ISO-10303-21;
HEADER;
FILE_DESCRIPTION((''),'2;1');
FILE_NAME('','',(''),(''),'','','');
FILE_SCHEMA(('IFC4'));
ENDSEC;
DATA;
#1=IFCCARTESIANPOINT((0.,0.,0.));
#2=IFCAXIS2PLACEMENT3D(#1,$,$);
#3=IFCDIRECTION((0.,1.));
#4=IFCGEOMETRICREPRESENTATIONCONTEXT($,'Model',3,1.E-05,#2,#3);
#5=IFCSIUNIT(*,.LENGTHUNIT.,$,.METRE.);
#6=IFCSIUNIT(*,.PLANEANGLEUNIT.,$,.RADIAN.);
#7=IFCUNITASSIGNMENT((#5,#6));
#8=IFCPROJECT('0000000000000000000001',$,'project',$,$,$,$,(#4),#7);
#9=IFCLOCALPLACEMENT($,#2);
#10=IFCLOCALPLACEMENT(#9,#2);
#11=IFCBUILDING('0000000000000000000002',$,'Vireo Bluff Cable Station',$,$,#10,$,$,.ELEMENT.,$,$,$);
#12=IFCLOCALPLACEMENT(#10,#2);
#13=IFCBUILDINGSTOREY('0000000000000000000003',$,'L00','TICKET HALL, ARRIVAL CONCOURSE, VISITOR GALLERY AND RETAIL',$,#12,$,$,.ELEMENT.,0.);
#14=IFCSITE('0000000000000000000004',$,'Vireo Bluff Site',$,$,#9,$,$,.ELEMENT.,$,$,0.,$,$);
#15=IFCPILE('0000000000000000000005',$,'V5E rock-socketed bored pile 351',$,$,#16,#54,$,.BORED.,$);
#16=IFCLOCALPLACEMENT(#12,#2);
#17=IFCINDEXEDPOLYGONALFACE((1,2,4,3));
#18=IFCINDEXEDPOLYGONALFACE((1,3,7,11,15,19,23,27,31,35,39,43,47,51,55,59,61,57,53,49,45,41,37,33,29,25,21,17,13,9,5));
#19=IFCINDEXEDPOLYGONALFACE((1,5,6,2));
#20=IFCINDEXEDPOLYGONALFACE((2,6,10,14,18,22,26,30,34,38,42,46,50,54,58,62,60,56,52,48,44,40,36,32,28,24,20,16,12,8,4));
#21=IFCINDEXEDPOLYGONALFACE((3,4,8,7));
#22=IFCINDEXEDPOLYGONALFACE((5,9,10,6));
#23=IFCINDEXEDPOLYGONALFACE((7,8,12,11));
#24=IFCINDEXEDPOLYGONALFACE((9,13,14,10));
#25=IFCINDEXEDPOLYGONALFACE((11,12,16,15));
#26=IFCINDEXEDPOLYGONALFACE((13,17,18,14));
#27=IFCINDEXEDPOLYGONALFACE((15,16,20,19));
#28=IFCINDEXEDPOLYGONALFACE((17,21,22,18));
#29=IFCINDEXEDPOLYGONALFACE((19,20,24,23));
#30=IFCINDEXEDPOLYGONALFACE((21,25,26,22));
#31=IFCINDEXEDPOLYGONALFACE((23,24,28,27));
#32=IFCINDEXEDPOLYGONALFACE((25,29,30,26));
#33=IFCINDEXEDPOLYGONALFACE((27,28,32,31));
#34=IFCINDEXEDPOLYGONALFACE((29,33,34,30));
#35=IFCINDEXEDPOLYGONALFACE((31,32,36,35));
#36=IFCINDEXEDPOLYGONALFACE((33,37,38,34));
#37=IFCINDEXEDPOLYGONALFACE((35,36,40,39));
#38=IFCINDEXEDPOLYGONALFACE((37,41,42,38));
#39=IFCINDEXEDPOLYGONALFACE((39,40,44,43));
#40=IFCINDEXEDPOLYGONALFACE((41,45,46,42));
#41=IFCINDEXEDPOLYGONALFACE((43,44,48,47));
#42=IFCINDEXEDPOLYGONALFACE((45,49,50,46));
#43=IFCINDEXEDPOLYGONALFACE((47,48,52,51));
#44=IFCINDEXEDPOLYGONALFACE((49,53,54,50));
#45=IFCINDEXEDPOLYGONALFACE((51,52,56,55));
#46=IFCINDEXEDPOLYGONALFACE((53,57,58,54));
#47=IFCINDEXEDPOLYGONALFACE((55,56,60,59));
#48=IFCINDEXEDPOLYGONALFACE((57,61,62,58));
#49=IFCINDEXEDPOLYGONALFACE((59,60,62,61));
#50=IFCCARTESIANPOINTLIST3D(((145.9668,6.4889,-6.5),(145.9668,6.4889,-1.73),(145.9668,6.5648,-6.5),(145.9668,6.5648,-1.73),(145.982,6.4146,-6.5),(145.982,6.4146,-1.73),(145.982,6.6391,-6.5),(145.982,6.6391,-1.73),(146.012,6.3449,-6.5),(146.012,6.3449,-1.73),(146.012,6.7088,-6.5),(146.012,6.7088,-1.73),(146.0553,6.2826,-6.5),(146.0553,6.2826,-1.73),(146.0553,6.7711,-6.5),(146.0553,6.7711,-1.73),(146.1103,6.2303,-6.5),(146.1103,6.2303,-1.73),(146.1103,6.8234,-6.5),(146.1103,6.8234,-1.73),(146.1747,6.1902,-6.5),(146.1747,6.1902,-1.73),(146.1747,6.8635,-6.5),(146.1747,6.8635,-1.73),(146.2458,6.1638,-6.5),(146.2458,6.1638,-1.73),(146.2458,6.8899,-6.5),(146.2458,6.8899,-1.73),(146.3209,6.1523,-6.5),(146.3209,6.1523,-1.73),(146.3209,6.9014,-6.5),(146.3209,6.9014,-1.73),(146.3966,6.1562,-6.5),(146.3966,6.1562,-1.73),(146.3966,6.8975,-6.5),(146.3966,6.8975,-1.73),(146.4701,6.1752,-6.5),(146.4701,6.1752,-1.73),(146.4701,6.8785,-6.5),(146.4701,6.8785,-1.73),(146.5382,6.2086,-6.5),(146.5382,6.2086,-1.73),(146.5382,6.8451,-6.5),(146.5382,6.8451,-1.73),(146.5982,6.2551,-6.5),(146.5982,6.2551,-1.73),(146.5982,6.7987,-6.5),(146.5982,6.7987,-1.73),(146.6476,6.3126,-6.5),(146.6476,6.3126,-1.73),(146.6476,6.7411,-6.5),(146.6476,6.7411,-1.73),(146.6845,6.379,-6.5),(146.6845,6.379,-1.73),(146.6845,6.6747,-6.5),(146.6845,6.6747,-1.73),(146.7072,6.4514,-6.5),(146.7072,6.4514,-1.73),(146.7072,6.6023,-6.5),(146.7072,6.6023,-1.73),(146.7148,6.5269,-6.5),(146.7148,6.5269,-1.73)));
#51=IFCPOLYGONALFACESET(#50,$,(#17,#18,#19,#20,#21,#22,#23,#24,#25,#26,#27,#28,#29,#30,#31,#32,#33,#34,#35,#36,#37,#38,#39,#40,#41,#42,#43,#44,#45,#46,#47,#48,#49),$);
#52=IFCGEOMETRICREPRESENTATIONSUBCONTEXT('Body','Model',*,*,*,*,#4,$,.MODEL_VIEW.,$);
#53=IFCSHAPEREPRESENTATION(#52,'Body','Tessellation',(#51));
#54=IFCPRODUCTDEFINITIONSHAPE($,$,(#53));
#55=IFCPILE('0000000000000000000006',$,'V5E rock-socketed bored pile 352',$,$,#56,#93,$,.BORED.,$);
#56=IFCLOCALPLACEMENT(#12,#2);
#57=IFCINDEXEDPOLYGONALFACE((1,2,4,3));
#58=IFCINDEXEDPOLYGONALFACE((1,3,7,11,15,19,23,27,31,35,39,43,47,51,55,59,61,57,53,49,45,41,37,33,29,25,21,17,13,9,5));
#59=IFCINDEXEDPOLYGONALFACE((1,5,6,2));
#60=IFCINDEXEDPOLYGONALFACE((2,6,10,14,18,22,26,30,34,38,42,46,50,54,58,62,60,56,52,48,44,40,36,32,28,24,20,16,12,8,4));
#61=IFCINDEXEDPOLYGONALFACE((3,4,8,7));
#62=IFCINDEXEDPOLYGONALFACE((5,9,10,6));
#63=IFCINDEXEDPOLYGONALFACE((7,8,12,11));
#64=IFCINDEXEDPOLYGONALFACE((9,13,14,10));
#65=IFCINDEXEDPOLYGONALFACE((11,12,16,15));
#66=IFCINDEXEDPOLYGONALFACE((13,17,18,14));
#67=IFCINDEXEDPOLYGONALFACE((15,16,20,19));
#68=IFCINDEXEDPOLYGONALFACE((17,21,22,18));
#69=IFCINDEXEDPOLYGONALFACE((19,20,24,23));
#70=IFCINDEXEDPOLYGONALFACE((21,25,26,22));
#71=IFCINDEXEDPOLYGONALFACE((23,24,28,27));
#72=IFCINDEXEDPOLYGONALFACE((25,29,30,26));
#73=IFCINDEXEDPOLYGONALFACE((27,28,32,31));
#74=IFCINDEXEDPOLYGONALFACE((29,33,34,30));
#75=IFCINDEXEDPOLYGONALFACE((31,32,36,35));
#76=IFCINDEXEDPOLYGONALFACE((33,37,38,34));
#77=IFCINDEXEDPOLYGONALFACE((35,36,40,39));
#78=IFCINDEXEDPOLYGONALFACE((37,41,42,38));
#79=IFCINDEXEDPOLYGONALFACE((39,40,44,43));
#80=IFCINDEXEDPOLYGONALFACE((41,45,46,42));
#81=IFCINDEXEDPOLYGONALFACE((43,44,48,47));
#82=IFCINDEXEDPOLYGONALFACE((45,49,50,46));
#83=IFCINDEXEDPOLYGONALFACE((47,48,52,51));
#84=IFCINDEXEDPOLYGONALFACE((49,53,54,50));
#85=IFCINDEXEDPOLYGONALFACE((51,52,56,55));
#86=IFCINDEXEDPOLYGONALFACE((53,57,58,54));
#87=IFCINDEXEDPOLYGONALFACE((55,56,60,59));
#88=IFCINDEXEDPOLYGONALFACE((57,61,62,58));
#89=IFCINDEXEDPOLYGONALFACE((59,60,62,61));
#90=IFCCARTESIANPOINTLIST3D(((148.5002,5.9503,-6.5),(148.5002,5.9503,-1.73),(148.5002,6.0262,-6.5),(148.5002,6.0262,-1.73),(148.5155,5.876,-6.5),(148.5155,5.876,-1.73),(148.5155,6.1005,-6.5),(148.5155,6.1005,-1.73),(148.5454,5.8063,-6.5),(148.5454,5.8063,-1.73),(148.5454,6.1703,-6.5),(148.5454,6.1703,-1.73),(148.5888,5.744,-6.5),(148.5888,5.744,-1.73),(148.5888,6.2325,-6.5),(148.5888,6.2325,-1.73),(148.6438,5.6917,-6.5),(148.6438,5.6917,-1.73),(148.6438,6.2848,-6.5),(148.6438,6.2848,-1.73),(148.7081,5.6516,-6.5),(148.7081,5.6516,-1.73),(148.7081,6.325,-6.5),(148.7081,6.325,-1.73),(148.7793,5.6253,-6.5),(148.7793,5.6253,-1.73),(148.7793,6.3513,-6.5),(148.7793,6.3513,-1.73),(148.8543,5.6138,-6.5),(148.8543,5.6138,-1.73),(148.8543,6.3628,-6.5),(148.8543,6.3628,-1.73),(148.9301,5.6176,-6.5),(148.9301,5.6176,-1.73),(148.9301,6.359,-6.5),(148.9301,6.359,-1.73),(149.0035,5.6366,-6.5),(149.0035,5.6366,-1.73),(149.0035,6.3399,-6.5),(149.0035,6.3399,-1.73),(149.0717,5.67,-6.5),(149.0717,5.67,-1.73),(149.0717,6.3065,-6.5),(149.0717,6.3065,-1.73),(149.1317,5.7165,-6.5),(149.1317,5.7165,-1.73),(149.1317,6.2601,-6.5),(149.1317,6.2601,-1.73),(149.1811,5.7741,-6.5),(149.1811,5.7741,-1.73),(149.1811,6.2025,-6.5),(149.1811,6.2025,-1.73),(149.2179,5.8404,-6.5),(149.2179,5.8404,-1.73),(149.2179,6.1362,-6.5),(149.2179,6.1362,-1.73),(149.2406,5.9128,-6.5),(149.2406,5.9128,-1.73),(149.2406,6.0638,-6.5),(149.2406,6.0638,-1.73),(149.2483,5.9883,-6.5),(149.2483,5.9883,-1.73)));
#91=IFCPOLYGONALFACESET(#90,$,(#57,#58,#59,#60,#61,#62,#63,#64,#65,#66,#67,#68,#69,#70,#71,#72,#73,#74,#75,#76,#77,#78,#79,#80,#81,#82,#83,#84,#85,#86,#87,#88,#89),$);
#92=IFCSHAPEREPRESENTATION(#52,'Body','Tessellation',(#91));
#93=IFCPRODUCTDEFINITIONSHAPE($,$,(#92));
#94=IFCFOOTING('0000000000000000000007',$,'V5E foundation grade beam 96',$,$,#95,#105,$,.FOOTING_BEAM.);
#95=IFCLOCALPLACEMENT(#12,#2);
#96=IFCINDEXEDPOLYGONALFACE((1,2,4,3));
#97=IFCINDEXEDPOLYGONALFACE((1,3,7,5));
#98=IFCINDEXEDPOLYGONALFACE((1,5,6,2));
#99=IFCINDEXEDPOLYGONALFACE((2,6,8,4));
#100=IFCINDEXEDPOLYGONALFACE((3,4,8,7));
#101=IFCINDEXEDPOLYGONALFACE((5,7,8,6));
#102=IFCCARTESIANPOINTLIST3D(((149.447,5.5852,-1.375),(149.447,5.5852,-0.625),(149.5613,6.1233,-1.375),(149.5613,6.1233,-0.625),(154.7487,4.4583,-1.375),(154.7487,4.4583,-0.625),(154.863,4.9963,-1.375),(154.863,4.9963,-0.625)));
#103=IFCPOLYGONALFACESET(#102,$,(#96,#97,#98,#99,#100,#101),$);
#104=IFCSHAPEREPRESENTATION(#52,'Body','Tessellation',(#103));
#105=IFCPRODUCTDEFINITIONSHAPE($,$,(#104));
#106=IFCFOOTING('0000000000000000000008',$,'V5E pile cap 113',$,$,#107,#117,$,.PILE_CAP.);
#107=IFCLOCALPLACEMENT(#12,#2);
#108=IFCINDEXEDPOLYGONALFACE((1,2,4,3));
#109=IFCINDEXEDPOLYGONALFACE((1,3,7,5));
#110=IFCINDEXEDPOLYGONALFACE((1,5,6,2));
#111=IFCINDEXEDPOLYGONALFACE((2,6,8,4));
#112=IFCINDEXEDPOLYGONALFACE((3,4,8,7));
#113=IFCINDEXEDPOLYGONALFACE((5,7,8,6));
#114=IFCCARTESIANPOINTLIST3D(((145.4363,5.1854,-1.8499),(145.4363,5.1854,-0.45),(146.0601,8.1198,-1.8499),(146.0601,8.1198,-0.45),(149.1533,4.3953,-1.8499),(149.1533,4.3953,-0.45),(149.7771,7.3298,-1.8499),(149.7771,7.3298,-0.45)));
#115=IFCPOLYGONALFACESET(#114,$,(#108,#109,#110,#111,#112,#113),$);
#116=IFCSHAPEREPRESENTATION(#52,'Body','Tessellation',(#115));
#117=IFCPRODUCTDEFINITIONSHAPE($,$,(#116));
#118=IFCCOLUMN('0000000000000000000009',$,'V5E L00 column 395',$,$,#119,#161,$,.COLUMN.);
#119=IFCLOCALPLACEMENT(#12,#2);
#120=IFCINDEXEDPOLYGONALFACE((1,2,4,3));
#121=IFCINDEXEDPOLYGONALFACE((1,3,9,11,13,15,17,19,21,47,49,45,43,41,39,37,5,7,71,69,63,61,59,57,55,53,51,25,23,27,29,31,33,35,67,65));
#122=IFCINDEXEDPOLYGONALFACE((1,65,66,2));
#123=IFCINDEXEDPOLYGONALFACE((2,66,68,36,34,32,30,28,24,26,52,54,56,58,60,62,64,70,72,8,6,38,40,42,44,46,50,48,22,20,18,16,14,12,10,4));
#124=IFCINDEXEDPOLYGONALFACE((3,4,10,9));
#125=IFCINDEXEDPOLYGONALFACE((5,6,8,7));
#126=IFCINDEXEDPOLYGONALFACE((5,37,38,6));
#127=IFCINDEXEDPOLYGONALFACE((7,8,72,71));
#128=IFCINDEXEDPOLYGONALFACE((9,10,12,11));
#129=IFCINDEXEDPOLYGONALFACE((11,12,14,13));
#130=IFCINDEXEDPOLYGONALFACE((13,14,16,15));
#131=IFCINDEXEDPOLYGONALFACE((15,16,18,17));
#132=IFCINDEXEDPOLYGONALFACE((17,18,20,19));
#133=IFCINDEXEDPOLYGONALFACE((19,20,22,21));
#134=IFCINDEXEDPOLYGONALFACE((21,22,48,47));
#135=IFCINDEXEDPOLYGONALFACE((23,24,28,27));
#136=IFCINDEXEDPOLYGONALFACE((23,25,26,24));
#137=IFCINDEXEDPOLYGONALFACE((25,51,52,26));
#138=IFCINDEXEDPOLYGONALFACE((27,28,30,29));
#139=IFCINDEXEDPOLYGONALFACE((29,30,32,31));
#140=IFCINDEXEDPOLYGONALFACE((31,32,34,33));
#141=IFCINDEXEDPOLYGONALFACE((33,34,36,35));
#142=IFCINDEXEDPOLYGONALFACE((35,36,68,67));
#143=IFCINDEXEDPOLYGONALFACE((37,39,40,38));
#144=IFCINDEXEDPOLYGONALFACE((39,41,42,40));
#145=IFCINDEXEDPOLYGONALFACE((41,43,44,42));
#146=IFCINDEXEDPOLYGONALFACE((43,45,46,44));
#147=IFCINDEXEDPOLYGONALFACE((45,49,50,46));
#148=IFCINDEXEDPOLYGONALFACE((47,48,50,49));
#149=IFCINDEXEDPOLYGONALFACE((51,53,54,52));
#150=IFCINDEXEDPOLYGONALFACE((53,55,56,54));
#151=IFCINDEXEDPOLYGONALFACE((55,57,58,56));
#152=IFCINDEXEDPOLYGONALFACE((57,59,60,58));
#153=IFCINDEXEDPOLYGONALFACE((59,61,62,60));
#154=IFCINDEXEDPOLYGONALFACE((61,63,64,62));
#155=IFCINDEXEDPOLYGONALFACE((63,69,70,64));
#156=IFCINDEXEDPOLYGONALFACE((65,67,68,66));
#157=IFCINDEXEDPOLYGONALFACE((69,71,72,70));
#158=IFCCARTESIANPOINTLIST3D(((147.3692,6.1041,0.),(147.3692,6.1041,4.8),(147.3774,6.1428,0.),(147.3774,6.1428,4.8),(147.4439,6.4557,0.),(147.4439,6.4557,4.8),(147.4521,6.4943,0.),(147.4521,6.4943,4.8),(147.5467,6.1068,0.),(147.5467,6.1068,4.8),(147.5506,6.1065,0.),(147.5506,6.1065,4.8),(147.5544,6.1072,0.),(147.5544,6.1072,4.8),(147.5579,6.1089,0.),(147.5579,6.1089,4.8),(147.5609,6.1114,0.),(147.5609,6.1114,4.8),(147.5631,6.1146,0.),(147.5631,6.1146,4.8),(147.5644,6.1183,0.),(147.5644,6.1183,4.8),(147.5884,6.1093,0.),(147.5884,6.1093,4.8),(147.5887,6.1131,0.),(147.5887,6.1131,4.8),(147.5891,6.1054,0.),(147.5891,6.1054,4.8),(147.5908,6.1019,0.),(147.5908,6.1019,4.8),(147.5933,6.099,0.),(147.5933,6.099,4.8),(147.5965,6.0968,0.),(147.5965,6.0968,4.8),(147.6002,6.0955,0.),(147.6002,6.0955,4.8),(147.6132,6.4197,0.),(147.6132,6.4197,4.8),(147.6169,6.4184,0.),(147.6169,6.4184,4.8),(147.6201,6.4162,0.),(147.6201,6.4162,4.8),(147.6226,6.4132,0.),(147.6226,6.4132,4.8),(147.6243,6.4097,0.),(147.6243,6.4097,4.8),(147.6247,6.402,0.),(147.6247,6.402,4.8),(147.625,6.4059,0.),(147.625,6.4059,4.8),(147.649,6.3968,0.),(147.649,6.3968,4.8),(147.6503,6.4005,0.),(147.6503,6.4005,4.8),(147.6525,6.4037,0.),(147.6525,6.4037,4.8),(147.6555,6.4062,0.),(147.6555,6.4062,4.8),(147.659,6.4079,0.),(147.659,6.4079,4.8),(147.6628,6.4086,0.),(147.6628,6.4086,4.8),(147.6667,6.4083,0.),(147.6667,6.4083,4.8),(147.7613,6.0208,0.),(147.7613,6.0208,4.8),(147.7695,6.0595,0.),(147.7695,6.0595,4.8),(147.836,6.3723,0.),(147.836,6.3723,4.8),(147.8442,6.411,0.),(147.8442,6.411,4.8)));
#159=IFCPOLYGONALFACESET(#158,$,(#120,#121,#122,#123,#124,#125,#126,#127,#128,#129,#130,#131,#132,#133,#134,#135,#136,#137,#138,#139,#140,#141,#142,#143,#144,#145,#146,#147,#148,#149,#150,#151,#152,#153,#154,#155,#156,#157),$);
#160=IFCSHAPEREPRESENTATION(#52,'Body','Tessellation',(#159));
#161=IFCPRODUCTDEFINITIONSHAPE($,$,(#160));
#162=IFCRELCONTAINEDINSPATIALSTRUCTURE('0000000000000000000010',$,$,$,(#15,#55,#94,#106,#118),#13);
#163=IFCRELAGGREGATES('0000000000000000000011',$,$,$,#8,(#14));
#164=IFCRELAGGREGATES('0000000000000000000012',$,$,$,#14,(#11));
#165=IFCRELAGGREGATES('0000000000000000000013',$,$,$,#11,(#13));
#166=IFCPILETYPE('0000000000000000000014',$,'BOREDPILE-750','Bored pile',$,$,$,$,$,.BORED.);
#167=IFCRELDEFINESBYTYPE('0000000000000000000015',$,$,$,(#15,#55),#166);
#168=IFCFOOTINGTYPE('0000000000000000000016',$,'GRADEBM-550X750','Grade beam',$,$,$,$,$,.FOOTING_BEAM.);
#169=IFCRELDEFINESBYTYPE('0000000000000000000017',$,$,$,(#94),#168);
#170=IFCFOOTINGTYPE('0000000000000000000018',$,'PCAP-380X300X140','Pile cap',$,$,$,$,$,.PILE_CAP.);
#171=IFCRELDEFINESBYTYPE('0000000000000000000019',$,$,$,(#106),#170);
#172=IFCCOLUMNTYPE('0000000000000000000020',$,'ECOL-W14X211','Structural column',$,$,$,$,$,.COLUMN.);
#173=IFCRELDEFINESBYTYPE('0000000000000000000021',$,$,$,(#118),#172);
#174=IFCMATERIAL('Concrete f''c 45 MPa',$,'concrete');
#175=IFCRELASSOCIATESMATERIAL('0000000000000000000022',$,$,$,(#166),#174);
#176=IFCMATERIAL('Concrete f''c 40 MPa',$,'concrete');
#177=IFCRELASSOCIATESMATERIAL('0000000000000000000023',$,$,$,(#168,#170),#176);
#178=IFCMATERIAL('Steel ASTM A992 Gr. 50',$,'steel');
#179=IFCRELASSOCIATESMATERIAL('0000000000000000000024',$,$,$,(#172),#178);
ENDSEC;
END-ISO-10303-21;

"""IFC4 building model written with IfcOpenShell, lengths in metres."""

from ifc_helpers import new_model, si_unit, direction, frame, origin, origin_2d, place, context, subcontext, project, spatial, rectangle, circle, i_section, extrude, material, material_profile, profile_set, type_object, element, save


model = new_model("IFC4")

# Units and contexts
model_context = context("Model", 3, precision=1e-05, world=origin(), true_north=direction((0.0, 1.0)))
body_context = subcontext(model_context, "Body", "Model", "MODEL_VIEW")
ifc_project = project(units=[si_unit("LENGTHUNIT", "METRE"), si_unit("PLANEANGLEUNIT", "RADIAN")], contexts=[model_context])

# Site, building, storey
site_placement = place(None, origin())
site = spatial("IfcSite", under=ifc_project, at=site_placement, Name="Vireo Bluff Site", CompositionType="ELEMENT", RefElevation=0.0)
building_placement = place(site_placement, origin())
building = spatial("IfcBuilding", under=site, at=building_placement, Name="Vireo Bluff Cable Station", CompositionType="ELEMENT")
storey_placement = place(building_placement, origin())
storey = spatial("IfcBuildingStorey", under=building, at=storey_placement, Name="L00", Description="TICKET HALL, ARRIVAL CONCOURSE, VISITOR GALLERY AND RETAIL", CompositionType="ELEMENT", Elevation=0.0)

# Piles
ifc_material_1 = material(Name="Concrete f'c 45 MPa", Category="concrete")
ifc_material_profile_1 = material_profile(ifc_material_1, circle(Radius=0.375, at=origin_2d()), Name="BOREDPILE-750")
ifc_profile_set_1 = profile_set([ifc_material_profile_1], Name="Concrete f'c 45 MPa")
pile_type = type_object("IfcPileType", Name="BOREDPILE-750", Description="Bored pile", PredefinedType="BORED", material=ifc_profile_set_1)
for number, where, z_axis, x_axis, name in (
    (1, (146.3398, 6.5269, -1.73), (0.0, 0.0, -1.0), (1.0, 0.0, 0.0), "V5E rock-socketed bored pile 351"),
    (2, (148.8733, 5.9883, -1.73), (0.0, 0.0, -1.0), (1.0, 0.0, 0.0), "V5E rock-socketed bored pile 352"),
):
    element("IfcPile", number, at=place(storey_placement, frame(where, z_axis=z_axis, x_axis=x_axis)), inside=storey, type_object=pile_type, Name=name, PredefinedType="BORED", context=body_context, shape_type="SweptSolid", body=[
        extrude(circle(Radius=0.375, at=origin_2d()), origin(), (0.0, 0.0, 1.0), 4.77),
    ])

# Footings
ifc_material_2 = material(Name="Concrete f'c 40 MPa", Category="concrete")
ifc_material_profile_2 = material_profile(ifc_material_2, rectangle(XDim=0.55, YDim=0.75, at=origin_2d()), Name="GRADEBM-550X750")
ifc_profile_set_2 = profile_set([ifc_material_profile_2], Name="Concrete f'c 40 MPa")
footing_type_1 = type_object("IfcFootingType", Name="GRADEBM-550X750", Description="Grade beam", PredefinedType="FOOTING_BEAM", material=ifc_profile_set_2)
footing_1_placement = place(storey_placement, frame((149.5042, 5.8542, -1.0), z_axis=(0.978146, -0.207917, 0.0), x_axis=(0.207917, 0.978146, 0.0)))
element("IfcFooting", 3, at=footing_1_placement, inside=storey, type_object=footing_type_1, Name="V5E foundation grade beam 96", PredefinedType="FOOTING_BEAM", context=body_context, shape_type="SweptSolid", body=[
    extrude(rectangle(XDim=0.55, YDim=0.75, at=origin_2d()), origin(), (0.0, 0.0, 1.0), 5.4202),
])
footing_type_2 = type_object("IfcFootingType", Name="PCAP-380X300X140", Description="Pile cap", PredefinedType="PILE_CAP", material=ifc_material_2)
footing_2_placement = place(storey_placement, frame((147.6067, 6.2576, -1.8499), z_axis=(0.0, 0.0, 1.0), x_axis=(0.978148, -0.207912, 0.0)))
element("IfcFooting", 4, at=footing_2_placement, inside=storey, type_object=footing_type_2, Name="V5E pile cap 113", PredefinedType="PILE_CAP", context=body_context, shape_type="SweptSolid", body=[
    extrude(rectangle(XDim=3.8, YDim=3.0, at=origin_2d()), origin(), (0.0, 0.0, 1.0), 1.3999),
])

# Column
ifc_material_3 = material(Name="Steel ASTM A992 Gr. 50", Category="steel")
ifc_material_profile_3 = material_profile(ifc_material_3, i_section(OverallWidth=0.4009, OverallDepth=0.3989, WebThickness=0.0249, FlangeThickness=0.0396, FilletRadius=0.0149, at=origin_2d()), Name="W14X211")
ifc_profile_set_3 = profile_set([ifc_material_profile_3], Name="Steel ASTM A992 Gr. 50")
column_type = type_object("IfcColumnType", Name="ECOL-W14X211", Description="Structural column", PredefinedType="COLUMN", material=ifc_profile_set_3)
column_placement = place(storey_placement, frame((147.6067, 6.2576, 0.0), z_axis=(0.0, 0.0, 1.0), x_axis=(0.978148, -0.207912, 0.0)))
element("IfcColumn", 5, at=column_placement, inside=storey, type_object=column_type, Name="V5E L00 column 395", PredefinedType="COLUMN", context=body_context, shape_type="SweptSolid", body=[
    extrude(i_section(OverallWidth=0.4009, OverallDepth=0.3989, WebThickness=0.0249, FlangeThickness=0.0396, FilletRadius=0.0149, at=origin_2d()), origin(), (0.0, 0.0, 1.0), 4.8),
])

save(model, "model.ifc")
